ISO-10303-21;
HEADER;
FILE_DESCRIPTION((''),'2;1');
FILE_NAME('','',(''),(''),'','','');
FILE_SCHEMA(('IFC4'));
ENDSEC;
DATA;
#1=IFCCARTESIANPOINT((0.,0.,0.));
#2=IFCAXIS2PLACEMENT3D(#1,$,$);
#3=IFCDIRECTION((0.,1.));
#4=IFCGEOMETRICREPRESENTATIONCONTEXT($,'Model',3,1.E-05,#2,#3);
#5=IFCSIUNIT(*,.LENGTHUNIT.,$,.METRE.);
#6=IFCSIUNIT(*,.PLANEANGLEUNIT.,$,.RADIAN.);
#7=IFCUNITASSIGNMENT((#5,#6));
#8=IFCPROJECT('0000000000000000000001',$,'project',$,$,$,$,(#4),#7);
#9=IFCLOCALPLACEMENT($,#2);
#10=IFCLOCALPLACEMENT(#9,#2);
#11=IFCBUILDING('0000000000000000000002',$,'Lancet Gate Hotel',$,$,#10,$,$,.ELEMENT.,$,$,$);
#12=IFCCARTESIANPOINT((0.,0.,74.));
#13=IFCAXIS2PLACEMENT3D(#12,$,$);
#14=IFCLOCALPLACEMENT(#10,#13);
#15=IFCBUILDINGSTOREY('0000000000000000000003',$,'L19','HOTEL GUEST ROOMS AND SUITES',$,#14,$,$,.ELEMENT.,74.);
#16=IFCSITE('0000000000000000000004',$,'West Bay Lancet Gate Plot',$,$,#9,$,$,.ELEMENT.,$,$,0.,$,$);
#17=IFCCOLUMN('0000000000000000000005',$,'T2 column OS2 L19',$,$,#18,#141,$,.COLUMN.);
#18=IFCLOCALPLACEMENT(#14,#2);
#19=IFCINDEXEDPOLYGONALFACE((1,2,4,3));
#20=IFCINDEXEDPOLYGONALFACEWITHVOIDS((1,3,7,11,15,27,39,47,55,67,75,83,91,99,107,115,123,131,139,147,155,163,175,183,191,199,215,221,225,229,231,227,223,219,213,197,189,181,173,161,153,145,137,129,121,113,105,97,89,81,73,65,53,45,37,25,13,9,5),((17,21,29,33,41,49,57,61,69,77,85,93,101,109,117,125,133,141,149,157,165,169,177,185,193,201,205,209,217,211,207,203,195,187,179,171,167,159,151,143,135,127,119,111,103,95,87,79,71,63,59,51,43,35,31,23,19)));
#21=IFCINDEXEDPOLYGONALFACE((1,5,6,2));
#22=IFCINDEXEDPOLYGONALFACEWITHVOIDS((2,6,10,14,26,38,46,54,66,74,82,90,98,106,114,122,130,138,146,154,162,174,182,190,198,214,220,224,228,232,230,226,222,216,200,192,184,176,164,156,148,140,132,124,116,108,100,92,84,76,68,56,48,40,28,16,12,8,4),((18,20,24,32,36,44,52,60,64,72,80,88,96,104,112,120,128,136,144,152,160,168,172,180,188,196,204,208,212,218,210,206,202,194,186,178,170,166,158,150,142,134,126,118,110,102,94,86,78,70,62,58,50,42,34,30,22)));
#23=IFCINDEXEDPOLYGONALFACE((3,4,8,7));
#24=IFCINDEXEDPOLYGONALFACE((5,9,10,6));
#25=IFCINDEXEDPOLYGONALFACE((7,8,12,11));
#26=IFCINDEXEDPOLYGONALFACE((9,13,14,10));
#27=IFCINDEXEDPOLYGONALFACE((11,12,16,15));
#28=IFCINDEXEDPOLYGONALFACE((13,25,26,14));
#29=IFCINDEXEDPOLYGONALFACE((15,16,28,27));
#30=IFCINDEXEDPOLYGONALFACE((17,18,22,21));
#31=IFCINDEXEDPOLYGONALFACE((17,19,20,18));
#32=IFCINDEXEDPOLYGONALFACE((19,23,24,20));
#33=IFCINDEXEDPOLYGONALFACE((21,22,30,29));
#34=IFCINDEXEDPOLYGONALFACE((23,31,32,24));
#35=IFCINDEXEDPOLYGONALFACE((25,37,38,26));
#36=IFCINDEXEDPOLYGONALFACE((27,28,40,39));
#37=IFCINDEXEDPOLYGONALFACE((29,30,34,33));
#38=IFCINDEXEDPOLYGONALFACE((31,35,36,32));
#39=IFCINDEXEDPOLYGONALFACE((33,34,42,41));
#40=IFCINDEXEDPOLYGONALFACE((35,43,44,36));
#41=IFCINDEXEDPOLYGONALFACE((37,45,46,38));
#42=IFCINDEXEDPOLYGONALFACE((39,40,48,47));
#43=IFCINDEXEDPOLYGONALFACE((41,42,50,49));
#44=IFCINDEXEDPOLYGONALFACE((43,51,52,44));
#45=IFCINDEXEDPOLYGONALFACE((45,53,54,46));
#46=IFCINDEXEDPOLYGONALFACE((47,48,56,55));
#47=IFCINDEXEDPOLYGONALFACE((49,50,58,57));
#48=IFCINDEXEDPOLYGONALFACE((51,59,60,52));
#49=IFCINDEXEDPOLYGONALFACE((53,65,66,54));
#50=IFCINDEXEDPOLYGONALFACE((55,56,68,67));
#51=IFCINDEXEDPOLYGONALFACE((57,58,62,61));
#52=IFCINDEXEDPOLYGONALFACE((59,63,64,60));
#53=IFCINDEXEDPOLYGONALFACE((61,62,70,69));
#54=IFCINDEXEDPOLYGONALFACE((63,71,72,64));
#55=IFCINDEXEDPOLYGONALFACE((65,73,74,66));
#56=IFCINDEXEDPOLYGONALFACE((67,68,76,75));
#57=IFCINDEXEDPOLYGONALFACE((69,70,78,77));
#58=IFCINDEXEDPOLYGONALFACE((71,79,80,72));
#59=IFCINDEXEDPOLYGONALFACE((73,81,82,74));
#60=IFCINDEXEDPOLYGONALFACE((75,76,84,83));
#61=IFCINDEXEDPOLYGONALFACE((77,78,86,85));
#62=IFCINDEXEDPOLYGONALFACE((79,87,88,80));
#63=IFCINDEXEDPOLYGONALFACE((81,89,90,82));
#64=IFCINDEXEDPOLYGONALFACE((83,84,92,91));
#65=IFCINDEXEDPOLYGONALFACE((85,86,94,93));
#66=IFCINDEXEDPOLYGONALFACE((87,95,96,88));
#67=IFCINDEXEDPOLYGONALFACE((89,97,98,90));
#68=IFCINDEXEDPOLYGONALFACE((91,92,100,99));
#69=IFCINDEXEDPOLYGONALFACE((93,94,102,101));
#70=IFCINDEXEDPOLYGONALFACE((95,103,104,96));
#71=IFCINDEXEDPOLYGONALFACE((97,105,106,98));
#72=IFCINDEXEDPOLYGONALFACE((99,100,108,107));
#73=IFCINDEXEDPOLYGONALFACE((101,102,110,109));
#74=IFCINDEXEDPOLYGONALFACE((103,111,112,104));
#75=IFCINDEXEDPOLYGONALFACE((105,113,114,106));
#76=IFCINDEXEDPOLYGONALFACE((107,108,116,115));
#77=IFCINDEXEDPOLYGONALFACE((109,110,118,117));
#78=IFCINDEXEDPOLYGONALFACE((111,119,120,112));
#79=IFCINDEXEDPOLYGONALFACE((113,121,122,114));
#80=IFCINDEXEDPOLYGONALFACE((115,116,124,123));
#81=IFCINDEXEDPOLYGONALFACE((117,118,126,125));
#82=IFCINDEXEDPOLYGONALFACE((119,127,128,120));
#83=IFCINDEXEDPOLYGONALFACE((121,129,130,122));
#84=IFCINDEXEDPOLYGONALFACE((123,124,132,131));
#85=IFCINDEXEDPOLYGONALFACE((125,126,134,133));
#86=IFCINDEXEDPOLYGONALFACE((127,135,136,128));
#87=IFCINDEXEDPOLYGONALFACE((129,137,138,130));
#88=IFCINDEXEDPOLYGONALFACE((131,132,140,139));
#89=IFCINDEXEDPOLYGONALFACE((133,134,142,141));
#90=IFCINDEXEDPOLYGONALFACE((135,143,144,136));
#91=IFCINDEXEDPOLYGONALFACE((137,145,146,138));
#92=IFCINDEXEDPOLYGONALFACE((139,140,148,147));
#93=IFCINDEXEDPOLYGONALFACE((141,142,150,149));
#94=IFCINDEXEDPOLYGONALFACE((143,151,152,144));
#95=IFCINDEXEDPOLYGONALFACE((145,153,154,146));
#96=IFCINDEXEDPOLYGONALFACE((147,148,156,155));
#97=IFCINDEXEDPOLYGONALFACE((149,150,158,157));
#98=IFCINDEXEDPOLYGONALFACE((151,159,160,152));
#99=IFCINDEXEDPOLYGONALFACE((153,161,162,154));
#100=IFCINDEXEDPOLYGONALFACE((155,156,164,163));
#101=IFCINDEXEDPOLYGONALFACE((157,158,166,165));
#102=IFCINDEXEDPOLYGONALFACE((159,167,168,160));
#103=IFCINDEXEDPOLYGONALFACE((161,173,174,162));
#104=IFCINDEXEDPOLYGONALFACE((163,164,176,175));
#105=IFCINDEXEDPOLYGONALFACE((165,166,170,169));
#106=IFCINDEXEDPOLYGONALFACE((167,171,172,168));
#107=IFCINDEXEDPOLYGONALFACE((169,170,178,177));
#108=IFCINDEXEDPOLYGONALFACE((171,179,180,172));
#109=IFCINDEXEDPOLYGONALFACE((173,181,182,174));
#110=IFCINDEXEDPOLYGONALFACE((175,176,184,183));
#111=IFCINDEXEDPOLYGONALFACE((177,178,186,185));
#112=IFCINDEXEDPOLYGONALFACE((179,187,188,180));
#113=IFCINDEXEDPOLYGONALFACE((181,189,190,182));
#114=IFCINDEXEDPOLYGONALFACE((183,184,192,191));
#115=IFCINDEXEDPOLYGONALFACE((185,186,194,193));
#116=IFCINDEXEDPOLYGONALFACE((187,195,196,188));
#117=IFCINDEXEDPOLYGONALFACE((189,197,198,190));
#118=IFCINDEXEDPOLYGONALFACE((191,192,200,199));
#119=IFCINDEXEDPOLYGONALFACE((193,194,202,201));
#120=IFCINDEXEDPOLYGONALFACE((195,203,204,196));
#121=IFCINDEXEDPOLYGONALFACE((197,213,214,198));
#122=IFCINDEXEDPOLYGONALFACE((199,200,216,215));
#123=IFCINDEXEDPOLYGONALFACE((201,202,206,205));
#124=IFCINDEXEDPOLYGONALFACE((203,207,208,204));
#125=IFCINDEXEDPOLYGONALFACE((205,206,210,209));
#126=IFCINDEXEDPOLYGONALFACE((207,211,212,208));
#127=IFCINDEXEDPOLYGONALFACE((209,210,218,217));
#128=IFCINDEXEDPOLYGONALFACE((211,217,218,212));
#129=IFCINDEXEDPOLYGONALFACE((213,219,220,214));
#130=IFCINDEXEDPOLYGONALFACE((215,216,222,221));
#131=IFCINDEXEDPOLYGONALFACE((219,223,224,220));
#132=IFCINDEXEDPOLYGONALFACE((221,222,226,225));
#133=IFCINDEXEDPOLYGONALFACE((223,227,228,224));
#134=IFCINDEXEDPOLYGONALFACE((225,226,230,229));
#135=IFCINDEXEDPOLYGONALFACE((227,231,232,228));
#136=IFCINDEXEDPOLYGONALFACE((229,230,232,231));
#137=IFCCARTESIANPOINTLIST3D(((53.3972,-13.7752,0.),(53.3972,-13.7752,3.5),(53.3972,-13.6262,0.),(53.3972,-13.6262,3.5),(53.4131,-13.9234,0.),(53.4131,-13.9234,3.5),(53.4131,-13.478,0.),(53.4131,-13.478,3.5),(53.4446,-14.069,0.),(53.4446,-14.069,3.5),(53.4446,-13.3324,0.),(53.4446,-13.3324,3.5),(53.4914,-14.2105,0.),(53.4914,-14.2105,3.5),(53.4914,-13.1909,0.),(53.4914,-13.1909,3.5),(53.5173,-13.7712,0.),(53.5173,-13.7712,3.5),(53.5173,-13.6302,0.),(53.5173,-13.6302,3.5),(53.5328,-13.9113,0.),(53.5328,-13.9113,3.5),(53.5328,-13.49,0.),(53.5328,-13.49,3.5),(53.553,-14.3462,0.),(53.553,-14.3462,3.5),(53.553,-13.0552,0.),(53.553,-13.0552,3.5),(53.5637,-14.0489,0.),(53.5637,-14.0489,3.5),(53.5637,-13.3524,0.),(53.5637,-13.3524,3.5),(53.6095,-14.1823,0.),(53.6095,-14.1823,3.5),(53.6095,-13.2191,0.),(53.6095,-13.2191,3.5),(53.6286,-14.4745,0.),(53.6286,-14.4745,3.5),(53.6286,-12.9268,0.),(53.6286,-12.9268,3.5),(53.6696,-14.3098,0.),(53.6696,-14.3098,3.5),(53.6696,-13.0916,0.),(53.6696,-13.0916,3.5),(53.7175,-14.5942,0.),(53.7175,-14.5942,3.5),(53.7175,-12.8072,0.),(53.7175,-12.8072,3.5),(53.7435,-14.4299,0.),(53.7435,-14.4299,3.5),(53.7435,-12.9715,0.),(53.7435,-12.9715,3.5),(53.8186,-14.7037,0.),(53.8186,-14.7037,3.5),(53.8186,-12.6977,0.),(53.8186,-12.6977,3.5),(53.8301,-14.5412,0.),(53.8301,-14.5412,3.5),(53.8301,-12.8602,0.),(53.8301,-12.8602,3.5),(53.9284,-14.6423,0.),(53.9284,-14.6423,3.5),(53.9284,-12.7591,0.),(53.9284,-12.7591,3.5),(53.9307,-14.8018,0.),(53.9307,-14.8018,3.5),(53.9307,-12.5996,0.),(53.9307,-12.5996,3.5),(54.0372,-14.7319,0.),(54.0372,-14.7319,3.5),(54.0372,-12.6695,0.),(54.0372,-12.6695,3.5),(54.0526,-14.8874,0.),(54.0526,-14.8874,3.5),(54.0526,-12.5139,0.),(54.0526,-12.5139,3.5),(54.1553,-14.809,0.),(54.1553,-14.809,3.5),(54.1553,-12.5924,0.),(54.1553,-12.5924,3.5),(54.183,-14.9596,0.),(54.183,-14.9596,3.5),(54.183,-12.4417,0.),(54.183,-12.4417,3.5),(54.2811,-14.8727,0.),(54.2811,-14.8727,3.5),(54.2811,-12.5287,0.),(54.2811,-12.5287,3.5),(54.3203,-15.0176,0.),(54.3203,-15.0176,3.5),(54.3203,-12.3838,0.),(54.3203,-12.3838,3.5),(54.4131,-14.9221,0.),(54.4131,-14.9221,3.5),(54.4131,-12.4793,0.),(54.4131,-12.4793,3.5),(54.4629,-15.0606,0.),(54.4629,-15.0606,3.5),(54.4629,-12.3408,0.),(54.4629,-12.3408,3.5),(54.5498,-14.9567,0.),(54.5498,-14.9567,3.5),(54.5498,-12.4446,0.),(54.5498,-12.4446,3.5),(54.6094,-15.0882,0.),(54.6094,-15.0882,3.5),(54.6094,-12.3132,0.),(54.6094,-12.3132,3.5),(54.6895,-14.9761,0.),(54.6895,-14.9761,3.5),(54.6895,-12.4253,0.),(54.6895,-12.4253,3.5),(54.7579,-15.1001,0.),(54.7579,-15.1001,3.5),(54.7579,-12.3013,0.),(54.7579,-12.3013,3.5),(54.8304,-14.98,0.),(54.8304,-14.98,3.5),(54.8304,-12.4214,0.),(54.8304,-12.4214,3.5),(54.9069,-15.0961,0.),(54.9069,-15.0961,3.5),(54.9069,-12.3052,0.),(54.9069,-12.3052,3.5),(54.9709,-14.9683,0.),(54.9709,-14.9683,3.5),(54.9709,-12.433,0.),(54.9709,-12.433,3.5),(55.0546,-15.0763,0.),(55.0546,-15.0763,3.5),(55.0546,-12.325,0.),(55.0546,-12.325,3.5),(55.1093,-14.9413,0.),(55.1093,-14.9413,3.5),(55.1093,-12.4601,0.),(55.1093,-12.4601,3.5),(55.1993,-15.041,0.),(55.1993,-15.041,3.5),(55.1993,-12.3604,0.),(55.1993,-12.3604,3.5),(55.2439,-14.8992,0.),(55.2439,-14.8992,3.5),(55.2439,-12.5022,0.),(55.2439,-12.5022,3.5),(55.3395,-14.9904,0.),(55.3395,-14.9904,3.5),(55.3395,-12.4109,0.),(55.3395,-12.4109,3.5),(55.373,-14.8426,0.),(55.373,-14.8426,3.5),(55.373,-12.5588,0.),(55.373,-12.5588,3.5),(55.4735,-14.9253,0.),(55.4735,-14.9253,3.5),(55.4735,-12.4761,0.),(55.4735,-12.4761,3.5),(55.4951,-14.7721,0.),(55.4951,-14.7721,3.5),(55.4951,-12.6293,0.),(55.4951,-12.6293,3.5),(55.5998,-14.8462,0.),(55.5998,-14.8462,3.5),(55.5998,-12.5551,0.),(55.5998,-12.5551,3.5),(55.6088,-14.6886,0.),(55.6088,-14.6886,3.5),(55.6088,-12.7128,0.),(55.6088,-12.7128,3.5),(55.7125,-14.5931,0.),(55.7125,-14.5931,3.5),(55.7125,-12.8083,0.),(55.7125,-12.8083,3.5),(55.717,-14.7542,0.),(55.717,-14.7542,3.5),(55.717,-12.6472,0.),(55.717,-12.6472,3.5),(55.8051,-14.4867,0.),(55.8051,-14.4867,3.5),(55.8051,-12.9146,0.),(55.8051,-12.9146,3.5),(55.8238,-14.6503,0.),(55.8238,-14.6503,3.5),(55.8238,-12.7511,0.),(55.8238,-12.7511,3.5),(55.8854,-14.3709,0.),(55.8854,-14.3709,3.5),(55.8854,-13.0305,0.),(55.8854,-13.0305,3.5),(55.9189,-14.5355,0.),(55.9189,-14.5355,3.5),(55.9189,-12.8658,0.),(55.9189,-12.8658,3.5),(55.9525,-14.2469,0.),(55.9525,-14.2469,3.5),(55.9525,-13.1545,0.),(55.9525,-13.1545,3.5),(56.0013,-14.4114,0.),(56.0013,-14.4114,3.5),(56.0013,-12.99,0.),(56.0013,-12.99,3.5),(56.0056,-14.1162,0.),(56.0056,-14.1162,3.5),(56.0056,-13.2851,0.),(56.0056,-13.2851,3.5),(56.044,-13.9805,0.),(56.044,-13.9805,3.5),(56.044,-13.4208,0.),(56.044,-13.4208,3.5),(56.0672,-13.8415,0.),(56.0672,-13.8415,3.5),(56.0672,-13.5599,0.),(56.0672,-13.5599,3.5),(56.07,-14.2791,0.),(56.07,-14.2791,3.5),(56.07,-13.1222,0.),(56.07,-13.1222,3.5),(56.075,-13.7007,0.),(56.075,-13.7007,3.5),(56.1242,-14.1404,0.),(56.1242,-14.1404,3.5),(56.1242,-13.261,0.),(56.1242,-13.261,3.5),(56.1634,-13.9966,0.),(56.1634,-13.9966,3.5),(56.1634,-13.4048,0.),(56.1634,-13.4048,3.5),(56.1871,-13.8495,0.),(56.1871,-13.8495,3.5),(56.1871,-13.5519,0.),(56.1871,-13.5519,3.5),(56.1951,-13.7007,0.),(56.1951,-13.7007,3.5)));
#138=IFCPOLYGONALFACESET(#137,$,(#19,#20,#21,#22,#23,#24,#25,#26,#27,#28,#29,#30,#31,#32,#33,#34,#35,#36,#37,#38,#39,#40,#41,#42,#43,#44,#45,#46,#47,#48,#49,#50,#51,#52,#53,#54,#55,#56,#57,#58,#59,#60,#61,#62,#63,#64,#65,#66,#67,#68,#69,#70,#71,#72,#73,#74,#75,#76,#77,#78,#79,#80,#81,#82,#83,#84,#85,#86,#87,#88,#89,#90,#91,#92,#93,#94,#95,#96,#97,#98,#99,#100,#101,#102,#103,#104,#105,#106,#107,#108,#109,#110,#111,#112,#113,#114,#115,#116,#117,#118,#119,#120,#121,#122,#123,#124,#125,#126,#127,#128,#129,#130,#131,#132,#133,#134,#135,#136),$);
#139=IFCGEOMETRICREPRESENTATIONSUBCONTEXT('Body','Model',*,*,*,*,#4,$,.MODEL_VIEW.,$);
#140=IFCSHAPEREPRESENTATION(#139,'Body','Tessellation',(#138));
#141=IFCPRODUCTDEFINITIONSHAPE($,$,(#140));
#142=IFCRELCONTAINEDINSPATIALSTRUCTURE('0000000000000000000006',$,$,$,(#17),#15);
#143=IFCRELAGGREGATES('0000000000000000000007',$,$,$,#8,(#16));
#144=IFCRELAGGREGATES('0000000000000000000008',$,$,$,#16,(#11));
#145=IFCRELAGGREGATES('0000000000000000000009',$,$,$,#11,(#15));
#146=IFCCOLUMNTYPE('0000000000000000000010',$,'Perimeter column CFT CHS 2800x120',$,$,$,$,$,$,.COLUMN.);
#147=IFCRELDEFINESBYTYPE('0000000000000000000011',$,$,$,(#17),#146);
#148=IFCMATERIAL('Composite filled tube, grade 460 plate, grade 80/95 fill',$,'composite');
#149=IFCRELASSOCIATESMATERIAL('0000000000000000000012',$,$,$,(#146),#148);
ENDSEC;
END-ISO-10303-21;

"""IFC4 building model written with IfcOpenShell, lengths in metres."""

from ifc_helpers import new_model, si_unit, direction, frame, origin, origin_2d, place, context, subcontext, project, spatial, hollow_circle, extrude, material, material_profile, profile_set, type_object, element, save


model = new_model("IFC4")

# Units and contexts
model_context = context("Model", 3, precision=1e-05, world=origin(), true_north=direction((0.0, 1.0)))
body_context = subcontext(model_context, "Body", "Model", "MODEL_VIEW")
ifc_project = project(units=[si_unit("LENGTHUNIT", "METRE"), si_unit("PLANEANGLEUNIT", "RADIAN")], contexts=[model_context])

# Site, building, storey
site_placement = place(None, origin())
site = spatial("IfcSite", under=ifc_project, at=site_placement, Name="West Bay Lancet Gate Plot", CompositionType="ELEMENT", RefElevation=0.0)
building_placement = place(site_placement, origin())
building = spatial("IfcBuilding", under=site, at=building_placement, Name="Lancet Gate Hotel", CompositionType="ELEMENT")
storey_placement = place(building_placement, frame((0.0, 0.0, 74.0)))
storey = spatial("IfcBuildingStorey", under=building, at=storey_placement, Name="L19", Description="HOTEL GUEST ROOMS AND SUITES", CompositionType="ELEMENT", Elevation=74.0)

# Column
ifc_material_1 = material(Name="Composite filled tube, grade 460 plate, grade 80/95 fill", Category="composite")
ifc_material_profile_1 = material_profile(ifc_material_1, hollow_circle(Radius=1.3999, WallThickness=0.1201, at=origin_2d()), Name="CHS 2800x120")
ifc_profile_set_1 = profile_set([ifc_material_profile_1], Name="Composite filled tube, grade 460 plate, grade 80/95 fill")
column_type_1 = type_object("IfcColumnType", Name="Perimeter column CFT CHS 2800x120", PredefinedType="COLUMN", material=ifc_profile_set_1)
for number, where, z_axis, x_axis, name in (
    (1, (54.7952, -13.7007, 0.0), (0.0, 0.0, 1.0), (1.0, 0.0, 0.0), "T2 column OS2 L19"),
):
    element("IfcColumn", number, at=place(storey_placement, frame(where, z_axis=z_axis, x_axis=x_axis)), inside=storey, type_object=column_type_1, Name=name, PredefinedType="COLUMN", context=body_context, shape_type="SweptSolid", body=[
        extrude(hollow_circle(Radius=1.3999, WallThickness=0.1201, at=origin_2d()), origin(), (0.0, 0.0, 1.0), 3.5),
    ])

save(model, "model.ifc")
